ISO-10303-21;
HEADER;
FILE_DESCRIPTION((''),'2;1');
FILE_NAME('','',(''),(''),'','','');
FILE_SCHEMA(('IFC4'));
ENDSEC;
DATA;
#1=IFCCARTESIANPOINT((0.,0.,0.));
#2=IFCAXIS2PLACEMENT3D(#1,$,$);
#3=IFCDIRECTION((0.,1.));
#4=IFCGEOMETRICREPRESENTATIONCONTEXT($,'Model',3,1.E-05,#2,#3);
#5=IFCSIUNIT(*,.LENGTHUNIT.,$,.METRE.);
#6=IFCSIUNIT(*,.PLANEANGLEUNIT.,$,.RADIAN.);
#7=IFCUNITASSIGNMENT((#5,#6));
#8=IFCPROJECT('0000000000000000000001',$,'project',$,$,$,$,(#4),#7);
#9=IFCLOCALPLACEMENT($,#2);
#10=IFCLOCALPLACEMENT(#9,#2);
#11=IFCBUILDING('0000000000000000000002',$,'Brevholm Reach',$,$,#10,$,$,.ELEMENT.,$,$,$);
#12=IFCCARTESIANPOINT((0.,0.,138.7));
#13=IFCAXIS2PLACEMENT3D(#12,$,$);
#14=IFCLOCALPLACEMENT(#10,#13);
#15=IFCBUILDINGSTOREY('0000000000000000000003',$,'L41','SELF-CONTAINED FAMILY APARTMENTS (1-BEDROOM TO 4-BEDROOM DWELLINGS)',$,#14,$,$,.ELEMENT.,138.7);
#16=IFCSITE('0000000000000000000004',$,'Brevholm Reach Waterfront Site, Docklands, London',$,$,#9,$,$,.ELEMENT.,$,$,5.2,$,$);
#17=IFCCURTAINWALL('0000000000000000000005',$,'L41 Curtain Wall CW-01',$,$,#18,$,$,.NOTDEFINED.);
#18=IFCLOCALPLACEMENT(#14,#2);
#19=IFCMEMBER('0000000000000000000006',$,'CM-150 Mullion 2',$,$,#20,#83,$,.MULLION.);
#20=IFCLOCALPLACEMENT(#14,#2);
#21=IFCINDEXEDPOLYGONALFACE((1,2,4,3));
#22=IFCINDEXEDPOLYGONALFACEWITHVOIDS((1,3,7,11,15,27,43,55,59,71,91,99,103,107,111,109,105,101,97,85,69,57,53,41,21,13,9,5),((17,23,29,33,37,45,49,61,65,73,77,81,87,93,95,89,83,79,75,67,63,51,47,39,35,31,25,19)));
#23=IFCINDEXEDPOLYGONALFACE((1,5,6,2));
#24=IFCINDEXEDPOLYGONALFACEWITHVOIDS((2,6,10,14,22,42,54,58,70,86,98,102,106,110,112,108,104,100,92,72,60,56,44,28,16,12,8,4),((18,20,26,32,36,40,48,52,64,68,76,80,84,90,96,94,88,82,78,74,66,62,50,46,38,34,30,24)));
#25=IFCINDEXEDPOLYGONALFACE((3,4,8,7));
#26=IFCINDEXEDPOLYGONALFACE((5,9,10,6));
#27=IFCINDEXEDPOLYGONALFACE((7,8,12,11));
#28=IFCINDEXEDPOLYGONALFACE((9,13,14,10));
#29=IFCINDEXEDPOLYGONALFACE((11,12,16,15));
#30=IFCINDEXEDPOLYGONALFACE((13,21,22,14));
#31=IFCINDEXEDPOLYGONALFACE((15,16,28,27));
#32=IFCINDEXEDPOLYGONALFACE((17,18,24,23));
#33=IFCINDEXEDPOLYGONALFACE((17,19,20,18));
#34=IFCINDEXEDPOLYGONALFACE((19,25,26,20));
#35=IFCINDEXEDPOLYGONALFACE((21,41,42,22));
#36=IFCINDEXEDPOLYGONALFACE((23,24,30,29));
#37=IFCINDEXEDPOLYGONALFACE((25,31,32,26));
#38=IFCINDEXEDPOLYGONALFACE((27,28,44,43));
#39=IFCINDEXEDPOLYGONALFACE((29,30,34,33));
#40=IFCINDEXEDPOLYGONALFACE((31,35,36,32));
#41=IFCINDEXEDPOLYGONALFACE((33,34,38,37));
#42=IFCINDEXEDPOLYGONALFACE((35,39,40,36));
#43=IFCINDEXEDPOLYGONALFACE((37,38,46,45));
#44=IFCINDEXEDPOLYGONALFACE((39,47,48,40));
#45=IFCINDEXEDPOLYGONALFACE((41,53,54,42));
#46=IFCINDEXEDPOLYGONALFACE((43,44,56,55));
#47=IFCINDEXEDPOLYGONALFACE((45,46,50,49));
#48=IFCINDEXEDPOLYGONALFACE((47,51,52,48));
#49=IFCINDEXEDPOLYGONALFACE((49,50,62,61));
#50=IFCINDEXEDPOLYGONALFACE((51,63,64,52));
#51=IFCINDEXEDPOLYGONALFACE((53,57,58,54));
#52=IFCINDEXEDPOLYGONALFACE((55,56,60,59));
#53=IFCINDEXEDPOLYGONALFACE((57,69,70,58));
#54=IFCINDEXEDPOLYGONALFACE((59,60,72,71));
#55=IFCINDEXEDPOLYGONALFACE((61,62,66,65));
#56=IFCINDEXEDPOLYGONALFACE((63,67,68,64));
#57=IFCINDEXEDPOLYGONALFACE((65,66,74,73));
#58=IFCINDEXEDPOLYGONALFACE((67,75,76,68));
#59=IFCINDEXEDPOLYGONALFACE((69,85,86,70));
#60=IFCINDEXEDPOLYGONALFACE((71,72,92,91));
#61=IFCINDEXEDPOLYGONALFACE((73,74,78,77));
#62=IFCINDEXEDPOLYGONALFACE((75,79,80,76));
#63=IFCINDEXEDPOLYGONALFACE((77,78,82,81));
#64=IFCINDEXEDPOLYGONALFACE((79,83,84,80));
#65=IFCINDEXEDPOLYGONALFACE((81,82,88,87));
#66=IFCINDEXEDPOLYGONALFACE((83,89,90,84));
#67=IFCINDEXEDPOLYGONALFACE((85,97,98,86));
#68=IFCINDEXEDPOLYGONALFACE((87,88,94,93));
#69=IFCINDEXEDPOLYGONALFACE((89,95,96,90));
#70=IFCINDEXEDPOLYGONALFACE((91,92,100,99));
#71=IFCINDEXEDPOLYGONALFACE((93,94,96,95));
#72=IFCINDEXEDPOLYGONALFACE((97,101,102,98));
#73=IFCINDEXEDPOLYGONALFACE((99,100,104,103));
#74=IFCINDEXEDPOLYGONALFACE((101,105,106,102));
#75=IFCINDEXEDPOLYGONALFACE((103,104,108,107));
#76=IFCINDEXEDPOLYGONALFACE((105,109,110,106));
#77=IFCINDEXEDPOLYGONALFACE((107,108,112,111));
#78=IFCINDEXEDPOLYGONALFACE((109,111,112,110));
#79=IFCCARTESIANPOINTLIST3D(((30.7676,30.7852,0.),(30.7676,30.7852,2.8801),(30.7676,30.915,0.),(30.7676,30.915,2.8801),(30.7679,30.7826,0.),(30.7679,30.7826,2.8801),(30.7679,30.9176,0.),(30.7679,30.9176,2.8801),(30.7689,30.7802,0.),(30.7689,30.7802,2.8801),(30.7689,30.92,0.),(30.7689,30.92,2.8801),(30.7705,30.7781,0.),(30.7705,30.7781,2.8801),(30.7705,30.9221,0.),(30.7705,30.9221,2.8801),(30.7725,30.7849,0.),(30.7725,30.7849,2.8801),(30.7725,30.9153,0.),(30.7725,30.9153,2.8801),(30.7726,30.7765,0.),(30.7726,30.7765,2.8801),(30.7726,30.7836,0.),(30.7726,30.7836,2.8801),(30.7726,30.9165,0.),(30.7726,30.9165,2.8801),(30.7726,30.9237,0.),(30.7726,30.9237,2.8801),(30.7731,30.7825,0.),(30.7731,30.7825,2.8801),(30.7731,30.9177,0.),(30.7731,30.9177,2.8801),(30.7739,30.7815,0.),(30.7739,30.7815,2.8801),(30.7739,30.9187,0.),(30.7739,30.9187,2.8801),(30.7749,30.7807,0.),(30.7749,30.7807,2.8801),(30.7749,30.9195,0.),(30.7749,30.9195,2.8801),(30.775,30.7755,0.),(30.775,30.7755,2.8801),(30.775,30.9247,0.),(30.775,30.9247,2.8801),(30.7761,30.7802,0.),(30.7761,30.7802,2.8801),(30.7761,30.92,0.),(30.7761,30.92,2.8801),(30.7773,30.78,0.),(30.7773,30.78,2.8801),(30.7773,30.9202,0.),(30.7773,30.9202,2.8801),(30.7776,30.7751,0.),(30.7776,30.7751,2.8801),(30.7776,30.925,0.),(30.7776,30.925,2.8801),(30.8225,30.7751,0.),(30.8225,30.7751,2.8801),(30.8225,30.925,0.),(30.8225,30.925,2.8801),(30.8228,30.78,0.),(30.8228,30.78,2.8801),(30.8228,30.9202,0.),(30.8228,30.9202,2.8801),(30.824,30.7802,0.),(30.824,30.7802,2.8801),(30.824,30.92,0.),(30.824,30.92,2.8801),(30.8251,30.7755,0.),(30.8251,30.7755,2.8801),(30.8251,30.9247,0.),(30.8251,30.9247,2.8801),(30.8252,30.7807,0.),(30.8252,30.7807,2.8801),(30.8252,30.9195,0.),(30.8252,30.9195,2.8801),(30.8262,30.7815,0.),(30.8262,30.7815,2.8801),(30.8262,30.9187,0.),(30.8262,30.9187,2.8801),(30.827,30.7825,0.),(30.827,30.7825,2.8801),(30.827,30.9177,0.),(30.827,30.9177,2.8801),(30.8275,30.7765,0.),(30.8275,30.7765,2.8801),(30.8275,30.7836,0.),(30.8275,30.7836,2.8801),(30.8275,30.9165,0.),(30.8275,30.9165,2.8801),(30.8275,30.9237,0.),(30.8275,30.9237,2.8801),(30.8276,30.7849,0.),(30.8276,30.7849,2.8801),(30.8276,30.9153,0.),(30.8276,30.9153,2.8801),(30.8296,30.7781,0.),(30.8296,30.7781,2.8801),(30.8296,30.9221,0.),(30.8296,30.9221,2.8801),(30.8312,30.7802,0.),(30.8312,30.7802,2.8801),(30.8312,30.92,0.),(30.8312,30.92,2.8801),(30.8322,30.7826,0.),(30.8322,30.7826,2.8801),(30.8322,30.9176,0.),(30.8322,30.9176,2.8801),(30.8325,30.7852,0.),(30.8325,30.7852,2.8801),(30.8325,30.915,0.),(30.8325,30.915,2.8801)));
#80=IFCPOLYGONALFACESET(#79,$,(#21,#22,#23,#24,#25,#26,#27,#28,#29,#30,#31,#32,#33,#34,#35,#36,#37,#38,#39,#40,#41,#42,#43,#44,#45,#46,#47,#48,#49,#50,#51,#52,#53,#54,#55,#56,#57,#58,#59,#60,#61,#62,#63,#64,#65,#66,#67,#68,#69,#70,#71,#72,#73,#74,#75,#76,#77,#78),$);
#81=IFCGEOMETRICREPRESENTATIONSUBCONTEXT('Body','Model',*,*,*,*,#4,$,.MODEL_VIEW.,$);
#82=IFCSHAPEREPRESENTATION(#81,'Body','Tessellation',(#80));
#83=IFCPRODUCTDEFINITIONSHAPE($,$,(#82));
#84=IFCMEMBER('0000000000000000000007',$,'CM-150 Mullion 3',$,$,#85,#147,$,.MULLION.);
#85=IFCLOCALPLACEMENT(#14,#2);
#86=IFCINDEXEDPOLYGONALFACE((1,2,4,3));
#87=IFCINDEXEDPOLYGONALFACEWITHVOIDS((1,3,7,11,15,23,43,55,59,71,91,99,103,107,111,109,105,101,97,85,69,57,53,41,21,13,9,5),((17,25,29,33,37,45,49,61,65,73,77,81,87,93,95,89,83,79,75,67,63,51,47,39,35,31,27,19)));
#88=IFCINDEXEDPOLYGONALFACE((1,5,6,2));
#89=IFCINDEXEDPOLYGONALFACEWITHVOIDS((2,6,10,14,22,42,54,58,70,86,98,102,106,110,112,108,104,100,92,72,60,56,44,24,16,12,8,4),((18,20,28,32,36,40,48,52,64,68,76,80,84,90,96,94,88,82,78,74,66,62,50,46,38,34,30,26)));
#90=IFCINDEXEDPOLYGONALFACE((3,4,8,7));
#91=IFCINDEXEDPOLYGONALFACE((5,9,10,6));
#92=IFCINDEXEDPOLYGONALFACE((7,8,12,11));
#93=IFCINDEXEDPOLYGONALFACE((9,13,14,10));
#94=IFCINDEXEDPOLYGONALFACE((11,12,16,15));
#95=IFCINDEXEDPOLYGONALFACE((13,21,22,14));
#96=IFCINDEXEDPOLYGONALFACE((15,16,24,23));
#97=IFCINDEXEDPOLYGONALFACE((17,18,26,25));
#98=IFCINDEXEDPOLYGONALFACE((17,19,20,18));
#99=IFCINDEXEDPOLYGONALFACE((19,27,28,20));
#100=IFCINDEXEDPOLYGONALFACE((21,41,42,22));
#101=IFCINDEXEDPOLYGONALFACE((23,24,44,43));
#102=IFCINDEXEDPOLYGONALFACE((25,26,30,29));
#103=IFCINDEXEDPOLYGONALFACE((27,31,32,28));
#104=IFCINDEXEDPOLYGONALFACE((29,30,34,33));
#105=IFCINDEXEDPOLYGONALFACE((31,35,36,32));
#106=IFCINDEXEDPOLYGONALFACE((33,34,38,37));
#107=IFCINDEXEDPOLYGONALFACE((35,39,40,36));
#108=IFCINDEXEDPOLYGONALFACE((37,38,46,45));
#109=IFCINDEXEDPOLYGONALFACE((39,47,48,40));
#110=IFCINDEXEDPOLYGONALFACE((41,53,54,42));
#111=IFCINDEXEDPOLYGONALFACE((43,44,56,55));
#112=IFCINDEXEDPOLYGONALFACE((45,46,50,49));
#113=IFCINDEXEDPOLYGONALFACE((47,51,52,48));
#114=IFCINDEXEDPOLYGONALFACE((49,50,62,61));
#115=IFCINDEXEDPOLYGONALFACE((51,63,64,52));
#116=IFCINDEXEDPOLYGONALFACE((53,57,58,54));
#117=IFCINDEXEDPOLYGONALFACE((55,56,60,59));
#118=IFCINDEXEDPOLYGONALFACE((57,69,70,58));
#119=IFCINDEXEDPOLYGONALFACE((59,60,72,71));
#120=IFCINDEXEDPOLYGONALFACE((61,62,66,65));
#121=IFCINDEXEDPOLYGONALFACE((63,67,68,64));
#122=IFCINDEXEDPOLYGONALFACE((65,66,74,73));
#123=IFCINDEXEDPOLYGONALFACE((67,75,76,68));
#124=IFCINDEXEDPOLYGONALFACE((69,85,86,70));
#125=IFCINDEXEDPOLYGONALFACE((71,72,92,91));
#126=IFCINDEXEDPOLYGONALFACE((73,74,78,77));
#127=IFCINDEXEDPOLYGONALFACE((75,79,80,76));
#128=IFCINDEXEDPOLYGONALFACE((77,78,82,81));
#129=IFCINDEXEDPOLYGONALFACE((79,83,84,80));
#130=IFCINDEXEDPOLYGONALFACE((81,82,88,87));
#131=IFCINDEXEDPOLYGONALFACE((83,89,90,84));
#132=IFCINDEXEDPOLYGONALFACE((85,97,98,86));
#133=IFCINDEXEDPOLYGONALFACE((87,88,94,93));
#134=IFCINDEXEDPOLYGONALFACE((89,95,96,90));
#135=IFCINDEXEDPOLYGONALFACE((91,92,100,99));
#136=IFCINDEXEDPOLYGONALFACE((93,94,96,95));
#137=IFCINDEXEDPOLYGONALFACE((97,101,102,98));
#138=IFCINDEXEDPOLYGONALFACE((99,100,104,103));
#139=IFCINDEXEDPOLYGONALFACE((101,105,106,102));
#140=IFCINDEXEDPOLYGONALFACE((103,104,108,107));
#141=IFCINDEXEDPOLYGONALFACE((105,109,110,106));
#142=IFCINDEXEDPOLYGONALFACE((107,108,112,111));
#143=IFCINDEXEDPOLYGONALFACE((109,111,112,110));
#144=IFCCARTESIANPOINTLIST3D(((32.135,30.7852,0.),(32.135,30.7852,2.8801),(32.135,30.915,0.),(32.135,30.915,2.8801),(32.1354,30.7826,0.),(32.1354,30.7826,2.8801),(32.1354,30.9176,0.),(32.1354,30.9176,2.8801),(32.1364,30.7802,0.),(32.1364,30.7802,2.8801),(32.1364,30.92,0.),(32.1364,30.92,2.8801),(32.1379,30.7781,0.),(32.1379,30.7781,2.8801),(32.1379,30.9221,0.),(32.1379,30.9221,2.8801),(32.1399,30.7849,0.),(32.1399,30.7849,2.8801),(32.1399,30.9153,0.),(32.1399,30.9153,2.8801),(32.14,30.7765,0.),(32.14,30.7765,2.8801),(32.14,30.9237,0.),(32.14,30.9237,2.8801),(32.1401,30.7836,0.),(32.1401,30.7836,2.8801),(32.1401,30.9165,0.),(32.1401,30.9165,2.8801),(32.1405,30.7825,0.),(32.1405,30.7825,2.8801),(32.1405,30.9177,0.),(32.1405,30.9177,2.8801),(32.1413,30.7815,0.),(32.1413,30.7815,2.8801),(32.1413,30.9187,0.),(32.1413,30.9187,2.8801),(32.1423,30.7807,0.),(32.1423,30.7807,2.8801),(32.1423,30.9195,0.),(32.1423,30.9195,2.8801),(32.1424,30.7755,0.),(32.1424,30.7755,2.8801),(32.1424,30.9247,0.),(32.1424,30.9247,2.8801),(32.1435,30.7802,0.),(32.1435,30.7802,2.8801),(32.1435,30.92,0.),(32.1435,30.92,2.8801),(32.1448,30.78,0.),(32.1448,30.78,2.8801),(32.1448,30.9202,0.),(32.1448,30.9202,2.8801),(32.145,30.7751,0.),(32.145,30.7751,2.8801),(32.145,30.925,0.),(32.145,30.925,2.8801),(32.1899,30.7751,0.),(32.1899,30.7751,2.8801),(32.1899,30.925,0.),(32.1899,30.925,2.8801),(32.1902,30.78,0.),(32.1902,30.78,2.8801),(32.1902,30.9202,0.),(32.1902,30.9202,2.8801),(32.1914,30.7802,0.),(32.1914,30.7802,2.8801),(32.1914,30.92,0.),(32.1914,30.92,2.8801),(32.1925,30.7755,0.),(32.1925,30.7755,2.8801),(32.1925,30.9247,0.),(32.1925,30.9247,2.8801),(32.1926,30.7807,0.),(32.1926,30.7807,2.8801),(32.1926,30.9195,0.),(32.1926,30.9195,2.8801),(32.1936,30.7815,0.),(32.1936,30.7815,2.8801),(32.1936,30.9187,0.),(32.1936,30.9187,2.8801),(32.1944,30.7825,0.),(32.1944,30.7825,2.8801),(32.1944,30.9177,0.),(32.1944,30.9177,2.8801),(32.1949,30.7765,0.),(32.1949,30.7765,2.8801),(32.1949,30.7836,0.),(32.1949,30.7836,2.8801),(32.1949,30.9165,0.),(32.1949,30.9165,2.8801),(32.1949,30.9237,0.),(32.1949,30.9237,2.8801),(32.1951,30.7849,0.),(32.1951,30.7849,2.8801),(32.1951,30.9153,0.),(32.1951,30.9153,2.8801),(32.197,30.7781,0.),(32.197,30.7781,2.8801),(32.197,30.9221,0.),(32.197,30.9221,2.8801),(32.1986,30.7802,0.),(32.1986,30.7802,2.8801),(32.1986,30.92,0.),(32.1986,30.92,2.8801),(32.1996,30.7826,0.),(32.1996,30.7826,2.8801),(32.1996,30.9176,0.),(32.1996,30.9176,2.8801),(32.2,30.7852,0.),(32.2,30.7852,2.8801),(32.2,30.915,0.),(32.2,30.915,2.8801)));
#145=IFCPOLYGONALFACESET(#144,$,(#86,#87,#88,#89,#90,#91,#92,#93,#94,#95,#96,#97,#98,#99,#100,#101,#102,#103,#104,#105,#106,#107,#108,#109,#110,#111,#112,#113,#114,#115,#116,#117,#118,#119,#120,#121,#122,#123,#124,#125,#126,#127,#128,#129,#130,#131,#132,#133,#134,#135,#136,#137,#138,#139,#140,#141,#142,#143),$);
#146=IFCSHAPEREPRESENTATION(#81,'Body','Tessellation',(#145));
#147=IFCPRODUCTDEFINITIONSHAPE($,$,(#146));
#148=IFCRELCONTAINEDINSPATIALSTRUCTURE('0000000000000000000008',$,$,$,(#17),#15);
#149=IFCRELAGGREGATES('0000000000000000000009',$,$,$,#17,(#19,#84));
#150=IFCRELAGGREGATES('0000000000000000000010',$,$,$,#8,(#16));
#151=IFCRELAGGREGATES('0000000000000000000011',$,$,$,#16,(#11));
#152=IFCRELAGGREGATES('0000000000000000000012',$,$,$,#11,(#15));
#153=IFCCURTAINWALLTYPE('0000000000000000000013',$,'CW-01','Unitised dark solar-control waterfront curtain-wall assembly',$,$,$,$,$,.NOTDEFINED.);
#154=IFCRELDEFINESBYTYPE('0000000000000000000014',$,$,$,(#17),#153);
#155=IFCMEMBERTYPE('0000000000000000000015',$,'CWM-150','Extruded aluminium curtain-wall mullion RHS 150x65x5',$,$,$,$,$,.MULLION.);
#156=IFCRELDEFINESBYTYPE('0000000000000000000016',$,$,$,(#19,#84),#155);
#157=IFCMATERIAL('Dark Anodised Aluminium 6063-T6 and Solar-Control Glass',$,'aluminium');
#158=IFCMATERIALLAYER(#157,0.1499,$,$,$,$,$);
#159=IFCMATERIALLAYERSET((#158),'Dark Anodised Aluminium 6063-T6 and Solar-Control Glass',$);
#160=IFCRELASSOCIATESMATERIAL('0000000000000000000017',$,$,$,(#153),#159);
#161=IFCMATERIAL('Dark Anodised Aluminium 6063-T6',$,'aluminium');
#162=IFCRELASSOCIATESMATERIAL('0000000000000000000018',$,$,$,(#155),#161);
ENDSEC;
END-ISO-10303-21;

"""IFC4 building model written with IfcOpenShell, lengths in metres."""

from ifc_helpers import new_model, si_unit, direction, frame, origin, origin_2d, place, context, subcontext, project, spatial, hollow_rectangle, extrude, material, layer, layer_set, material_profile, profile_set, type_object, element, aggregate, save


model = new_model("IFC4")

# Units and contexts
model_context = context("Model", 3, precision=1e-05, world=origin(), true_north=direction((0.0, 1.0)))
body_context = subcontext(model_context, "Body", "Model", "MODEL_VIEW")
ifc_project = project(units=[si_unit("LENGTHUNIT", "METRE"), si_unit("PLANEANGLEUNIT", "RADIAN")], contexts=[model_context])

# Site, building, storey
site_placement = place(None, origin())
site = spatial("IfcSite", under=ifc_project, at=site_placement, Name="Brevholm Reach Waterfront Site, Docklands, London", CompositionType="ELEMENT", RefElevation=5.2)
building_placement = place(site_placement, origin())
building = spatial("IfcBuilding", under=site, at=building_placement, Name="Brevholm Reach", CompositionType="ELEMENT")
storey_placement = place(building_placement, frame((0.0, 0.0, 138.7)))
storey = spatial("IfcBuildingStorey", under=building, at=storey_placement, Name="L41", Description="SELF-CONTAINED FAMILY APARTMENTS (1-BEDROOM TO 4-BEDROOM DWELLINGS)", CompositionType="ELEMENT", Elevation=138.7)

# Curtain wall, members
ifc_material_1 = material(Name="Dark Anodised Aluminium 6063-T6 and Solar-Control Glass", Category="aluminium")
ifc_layer_1 = layer(ifc_material_1, 0.1499)
ifc_layer_set_1 = layer_set([ifc_layer_1], Name="Dark Anodised Aluminium 6063-T6 and Solar-Control Glass")
curtain_wall_type_1 = type_object("IfcCurtainWallType", Name="CW-01", Description="Unitised dark solar-control waterfront curtain-wall assembly", PredefinedType="NOTDEFINED", material=ifc_layer_set_1)
curtain_wall_1_placement = place(storey_placement, origin())
curtain_wall_1 = element("IfcCurtainWall", 1, at=curtain_wall_1_placement, inside=storey, type_object=curtain_wall_type_1, Name="L41 Curtain Wall CW-01", PredefinedType="NOTDEFINED")
ifc_material_2 = material(Name="Dark Anodised Aluminium 6063-T6", Category="aluminium")
ifc_material_profile_1 = material_profile(ifc_material_2, hollow_rectangle(XDim=0.0649, YDim=0.1499, WallThickness=0.0049, InnerFilletRadius=0.0049, OuterFilletRadius=0.01, at=origin_2d()), Name="RHS 150x65x5")
ifc_profile_set_1 = profile_set([ifc_material_profile_1], Name="Dark Anodised Aluminium 6063-T6")
member_type_1 = type_object("IfcMemberType", Name="CWM-150", Description="Extruded aluminium curtain-wall mullion RHS 150x65x5", PredefinedType="MULLION", material=ifc_profile_set_1)
member_1_placement = place(storey_placement, frame((30.8, 30.8501, 0.0), z_axis=(0.0, 0.0, 1.0), x_axis=(1.0, 0.0, 0.0)))
member_1 = element("IfcMember", 2, at=member_1_placement, type_object=member_type_1, Name="CM-150 Mullion 2", PredefinedType="MULLION", context=body_context, shape_type="SweptSolid", body=[
    extrude(hollow_rectangle(XDim=0.0649, YDim=0.1499, WallThickness=0.0049, InnerFilletRadius=0.0049, OuterFilletRadius=0.01, at=origin_2d()), origin(), (0.0, 0.0, 1.0), 2.8801),
])
member_2_placement = place(storey_placement, frame((32.1675, 30.8501, 0.0), z_axis=(0.0, 0.0, 1.0), x_axis=(1.0, 0.0, 0.0)))
member_2 = element("IfcMember", 3, at=member_2_placement, type_object=member_type_1, Name="CM-150 Mullion 3", PredefinedType="MULLION", context=body_context, shape_type="SweptSolid", body=[
    extrude(hollow_rectangle(XDim=0.0649, YDim=0.1499, WallThickness=0.0049, InnerFilletRadius=0.0049, OuterFilletRadius=0.01, at=origin_2d()), origin(), (0.0, 0.0, 1.0), 2.8801),
])

aggregate(curtain_wall_1, [member_1, member_2])

save(model, "model.ifc")
